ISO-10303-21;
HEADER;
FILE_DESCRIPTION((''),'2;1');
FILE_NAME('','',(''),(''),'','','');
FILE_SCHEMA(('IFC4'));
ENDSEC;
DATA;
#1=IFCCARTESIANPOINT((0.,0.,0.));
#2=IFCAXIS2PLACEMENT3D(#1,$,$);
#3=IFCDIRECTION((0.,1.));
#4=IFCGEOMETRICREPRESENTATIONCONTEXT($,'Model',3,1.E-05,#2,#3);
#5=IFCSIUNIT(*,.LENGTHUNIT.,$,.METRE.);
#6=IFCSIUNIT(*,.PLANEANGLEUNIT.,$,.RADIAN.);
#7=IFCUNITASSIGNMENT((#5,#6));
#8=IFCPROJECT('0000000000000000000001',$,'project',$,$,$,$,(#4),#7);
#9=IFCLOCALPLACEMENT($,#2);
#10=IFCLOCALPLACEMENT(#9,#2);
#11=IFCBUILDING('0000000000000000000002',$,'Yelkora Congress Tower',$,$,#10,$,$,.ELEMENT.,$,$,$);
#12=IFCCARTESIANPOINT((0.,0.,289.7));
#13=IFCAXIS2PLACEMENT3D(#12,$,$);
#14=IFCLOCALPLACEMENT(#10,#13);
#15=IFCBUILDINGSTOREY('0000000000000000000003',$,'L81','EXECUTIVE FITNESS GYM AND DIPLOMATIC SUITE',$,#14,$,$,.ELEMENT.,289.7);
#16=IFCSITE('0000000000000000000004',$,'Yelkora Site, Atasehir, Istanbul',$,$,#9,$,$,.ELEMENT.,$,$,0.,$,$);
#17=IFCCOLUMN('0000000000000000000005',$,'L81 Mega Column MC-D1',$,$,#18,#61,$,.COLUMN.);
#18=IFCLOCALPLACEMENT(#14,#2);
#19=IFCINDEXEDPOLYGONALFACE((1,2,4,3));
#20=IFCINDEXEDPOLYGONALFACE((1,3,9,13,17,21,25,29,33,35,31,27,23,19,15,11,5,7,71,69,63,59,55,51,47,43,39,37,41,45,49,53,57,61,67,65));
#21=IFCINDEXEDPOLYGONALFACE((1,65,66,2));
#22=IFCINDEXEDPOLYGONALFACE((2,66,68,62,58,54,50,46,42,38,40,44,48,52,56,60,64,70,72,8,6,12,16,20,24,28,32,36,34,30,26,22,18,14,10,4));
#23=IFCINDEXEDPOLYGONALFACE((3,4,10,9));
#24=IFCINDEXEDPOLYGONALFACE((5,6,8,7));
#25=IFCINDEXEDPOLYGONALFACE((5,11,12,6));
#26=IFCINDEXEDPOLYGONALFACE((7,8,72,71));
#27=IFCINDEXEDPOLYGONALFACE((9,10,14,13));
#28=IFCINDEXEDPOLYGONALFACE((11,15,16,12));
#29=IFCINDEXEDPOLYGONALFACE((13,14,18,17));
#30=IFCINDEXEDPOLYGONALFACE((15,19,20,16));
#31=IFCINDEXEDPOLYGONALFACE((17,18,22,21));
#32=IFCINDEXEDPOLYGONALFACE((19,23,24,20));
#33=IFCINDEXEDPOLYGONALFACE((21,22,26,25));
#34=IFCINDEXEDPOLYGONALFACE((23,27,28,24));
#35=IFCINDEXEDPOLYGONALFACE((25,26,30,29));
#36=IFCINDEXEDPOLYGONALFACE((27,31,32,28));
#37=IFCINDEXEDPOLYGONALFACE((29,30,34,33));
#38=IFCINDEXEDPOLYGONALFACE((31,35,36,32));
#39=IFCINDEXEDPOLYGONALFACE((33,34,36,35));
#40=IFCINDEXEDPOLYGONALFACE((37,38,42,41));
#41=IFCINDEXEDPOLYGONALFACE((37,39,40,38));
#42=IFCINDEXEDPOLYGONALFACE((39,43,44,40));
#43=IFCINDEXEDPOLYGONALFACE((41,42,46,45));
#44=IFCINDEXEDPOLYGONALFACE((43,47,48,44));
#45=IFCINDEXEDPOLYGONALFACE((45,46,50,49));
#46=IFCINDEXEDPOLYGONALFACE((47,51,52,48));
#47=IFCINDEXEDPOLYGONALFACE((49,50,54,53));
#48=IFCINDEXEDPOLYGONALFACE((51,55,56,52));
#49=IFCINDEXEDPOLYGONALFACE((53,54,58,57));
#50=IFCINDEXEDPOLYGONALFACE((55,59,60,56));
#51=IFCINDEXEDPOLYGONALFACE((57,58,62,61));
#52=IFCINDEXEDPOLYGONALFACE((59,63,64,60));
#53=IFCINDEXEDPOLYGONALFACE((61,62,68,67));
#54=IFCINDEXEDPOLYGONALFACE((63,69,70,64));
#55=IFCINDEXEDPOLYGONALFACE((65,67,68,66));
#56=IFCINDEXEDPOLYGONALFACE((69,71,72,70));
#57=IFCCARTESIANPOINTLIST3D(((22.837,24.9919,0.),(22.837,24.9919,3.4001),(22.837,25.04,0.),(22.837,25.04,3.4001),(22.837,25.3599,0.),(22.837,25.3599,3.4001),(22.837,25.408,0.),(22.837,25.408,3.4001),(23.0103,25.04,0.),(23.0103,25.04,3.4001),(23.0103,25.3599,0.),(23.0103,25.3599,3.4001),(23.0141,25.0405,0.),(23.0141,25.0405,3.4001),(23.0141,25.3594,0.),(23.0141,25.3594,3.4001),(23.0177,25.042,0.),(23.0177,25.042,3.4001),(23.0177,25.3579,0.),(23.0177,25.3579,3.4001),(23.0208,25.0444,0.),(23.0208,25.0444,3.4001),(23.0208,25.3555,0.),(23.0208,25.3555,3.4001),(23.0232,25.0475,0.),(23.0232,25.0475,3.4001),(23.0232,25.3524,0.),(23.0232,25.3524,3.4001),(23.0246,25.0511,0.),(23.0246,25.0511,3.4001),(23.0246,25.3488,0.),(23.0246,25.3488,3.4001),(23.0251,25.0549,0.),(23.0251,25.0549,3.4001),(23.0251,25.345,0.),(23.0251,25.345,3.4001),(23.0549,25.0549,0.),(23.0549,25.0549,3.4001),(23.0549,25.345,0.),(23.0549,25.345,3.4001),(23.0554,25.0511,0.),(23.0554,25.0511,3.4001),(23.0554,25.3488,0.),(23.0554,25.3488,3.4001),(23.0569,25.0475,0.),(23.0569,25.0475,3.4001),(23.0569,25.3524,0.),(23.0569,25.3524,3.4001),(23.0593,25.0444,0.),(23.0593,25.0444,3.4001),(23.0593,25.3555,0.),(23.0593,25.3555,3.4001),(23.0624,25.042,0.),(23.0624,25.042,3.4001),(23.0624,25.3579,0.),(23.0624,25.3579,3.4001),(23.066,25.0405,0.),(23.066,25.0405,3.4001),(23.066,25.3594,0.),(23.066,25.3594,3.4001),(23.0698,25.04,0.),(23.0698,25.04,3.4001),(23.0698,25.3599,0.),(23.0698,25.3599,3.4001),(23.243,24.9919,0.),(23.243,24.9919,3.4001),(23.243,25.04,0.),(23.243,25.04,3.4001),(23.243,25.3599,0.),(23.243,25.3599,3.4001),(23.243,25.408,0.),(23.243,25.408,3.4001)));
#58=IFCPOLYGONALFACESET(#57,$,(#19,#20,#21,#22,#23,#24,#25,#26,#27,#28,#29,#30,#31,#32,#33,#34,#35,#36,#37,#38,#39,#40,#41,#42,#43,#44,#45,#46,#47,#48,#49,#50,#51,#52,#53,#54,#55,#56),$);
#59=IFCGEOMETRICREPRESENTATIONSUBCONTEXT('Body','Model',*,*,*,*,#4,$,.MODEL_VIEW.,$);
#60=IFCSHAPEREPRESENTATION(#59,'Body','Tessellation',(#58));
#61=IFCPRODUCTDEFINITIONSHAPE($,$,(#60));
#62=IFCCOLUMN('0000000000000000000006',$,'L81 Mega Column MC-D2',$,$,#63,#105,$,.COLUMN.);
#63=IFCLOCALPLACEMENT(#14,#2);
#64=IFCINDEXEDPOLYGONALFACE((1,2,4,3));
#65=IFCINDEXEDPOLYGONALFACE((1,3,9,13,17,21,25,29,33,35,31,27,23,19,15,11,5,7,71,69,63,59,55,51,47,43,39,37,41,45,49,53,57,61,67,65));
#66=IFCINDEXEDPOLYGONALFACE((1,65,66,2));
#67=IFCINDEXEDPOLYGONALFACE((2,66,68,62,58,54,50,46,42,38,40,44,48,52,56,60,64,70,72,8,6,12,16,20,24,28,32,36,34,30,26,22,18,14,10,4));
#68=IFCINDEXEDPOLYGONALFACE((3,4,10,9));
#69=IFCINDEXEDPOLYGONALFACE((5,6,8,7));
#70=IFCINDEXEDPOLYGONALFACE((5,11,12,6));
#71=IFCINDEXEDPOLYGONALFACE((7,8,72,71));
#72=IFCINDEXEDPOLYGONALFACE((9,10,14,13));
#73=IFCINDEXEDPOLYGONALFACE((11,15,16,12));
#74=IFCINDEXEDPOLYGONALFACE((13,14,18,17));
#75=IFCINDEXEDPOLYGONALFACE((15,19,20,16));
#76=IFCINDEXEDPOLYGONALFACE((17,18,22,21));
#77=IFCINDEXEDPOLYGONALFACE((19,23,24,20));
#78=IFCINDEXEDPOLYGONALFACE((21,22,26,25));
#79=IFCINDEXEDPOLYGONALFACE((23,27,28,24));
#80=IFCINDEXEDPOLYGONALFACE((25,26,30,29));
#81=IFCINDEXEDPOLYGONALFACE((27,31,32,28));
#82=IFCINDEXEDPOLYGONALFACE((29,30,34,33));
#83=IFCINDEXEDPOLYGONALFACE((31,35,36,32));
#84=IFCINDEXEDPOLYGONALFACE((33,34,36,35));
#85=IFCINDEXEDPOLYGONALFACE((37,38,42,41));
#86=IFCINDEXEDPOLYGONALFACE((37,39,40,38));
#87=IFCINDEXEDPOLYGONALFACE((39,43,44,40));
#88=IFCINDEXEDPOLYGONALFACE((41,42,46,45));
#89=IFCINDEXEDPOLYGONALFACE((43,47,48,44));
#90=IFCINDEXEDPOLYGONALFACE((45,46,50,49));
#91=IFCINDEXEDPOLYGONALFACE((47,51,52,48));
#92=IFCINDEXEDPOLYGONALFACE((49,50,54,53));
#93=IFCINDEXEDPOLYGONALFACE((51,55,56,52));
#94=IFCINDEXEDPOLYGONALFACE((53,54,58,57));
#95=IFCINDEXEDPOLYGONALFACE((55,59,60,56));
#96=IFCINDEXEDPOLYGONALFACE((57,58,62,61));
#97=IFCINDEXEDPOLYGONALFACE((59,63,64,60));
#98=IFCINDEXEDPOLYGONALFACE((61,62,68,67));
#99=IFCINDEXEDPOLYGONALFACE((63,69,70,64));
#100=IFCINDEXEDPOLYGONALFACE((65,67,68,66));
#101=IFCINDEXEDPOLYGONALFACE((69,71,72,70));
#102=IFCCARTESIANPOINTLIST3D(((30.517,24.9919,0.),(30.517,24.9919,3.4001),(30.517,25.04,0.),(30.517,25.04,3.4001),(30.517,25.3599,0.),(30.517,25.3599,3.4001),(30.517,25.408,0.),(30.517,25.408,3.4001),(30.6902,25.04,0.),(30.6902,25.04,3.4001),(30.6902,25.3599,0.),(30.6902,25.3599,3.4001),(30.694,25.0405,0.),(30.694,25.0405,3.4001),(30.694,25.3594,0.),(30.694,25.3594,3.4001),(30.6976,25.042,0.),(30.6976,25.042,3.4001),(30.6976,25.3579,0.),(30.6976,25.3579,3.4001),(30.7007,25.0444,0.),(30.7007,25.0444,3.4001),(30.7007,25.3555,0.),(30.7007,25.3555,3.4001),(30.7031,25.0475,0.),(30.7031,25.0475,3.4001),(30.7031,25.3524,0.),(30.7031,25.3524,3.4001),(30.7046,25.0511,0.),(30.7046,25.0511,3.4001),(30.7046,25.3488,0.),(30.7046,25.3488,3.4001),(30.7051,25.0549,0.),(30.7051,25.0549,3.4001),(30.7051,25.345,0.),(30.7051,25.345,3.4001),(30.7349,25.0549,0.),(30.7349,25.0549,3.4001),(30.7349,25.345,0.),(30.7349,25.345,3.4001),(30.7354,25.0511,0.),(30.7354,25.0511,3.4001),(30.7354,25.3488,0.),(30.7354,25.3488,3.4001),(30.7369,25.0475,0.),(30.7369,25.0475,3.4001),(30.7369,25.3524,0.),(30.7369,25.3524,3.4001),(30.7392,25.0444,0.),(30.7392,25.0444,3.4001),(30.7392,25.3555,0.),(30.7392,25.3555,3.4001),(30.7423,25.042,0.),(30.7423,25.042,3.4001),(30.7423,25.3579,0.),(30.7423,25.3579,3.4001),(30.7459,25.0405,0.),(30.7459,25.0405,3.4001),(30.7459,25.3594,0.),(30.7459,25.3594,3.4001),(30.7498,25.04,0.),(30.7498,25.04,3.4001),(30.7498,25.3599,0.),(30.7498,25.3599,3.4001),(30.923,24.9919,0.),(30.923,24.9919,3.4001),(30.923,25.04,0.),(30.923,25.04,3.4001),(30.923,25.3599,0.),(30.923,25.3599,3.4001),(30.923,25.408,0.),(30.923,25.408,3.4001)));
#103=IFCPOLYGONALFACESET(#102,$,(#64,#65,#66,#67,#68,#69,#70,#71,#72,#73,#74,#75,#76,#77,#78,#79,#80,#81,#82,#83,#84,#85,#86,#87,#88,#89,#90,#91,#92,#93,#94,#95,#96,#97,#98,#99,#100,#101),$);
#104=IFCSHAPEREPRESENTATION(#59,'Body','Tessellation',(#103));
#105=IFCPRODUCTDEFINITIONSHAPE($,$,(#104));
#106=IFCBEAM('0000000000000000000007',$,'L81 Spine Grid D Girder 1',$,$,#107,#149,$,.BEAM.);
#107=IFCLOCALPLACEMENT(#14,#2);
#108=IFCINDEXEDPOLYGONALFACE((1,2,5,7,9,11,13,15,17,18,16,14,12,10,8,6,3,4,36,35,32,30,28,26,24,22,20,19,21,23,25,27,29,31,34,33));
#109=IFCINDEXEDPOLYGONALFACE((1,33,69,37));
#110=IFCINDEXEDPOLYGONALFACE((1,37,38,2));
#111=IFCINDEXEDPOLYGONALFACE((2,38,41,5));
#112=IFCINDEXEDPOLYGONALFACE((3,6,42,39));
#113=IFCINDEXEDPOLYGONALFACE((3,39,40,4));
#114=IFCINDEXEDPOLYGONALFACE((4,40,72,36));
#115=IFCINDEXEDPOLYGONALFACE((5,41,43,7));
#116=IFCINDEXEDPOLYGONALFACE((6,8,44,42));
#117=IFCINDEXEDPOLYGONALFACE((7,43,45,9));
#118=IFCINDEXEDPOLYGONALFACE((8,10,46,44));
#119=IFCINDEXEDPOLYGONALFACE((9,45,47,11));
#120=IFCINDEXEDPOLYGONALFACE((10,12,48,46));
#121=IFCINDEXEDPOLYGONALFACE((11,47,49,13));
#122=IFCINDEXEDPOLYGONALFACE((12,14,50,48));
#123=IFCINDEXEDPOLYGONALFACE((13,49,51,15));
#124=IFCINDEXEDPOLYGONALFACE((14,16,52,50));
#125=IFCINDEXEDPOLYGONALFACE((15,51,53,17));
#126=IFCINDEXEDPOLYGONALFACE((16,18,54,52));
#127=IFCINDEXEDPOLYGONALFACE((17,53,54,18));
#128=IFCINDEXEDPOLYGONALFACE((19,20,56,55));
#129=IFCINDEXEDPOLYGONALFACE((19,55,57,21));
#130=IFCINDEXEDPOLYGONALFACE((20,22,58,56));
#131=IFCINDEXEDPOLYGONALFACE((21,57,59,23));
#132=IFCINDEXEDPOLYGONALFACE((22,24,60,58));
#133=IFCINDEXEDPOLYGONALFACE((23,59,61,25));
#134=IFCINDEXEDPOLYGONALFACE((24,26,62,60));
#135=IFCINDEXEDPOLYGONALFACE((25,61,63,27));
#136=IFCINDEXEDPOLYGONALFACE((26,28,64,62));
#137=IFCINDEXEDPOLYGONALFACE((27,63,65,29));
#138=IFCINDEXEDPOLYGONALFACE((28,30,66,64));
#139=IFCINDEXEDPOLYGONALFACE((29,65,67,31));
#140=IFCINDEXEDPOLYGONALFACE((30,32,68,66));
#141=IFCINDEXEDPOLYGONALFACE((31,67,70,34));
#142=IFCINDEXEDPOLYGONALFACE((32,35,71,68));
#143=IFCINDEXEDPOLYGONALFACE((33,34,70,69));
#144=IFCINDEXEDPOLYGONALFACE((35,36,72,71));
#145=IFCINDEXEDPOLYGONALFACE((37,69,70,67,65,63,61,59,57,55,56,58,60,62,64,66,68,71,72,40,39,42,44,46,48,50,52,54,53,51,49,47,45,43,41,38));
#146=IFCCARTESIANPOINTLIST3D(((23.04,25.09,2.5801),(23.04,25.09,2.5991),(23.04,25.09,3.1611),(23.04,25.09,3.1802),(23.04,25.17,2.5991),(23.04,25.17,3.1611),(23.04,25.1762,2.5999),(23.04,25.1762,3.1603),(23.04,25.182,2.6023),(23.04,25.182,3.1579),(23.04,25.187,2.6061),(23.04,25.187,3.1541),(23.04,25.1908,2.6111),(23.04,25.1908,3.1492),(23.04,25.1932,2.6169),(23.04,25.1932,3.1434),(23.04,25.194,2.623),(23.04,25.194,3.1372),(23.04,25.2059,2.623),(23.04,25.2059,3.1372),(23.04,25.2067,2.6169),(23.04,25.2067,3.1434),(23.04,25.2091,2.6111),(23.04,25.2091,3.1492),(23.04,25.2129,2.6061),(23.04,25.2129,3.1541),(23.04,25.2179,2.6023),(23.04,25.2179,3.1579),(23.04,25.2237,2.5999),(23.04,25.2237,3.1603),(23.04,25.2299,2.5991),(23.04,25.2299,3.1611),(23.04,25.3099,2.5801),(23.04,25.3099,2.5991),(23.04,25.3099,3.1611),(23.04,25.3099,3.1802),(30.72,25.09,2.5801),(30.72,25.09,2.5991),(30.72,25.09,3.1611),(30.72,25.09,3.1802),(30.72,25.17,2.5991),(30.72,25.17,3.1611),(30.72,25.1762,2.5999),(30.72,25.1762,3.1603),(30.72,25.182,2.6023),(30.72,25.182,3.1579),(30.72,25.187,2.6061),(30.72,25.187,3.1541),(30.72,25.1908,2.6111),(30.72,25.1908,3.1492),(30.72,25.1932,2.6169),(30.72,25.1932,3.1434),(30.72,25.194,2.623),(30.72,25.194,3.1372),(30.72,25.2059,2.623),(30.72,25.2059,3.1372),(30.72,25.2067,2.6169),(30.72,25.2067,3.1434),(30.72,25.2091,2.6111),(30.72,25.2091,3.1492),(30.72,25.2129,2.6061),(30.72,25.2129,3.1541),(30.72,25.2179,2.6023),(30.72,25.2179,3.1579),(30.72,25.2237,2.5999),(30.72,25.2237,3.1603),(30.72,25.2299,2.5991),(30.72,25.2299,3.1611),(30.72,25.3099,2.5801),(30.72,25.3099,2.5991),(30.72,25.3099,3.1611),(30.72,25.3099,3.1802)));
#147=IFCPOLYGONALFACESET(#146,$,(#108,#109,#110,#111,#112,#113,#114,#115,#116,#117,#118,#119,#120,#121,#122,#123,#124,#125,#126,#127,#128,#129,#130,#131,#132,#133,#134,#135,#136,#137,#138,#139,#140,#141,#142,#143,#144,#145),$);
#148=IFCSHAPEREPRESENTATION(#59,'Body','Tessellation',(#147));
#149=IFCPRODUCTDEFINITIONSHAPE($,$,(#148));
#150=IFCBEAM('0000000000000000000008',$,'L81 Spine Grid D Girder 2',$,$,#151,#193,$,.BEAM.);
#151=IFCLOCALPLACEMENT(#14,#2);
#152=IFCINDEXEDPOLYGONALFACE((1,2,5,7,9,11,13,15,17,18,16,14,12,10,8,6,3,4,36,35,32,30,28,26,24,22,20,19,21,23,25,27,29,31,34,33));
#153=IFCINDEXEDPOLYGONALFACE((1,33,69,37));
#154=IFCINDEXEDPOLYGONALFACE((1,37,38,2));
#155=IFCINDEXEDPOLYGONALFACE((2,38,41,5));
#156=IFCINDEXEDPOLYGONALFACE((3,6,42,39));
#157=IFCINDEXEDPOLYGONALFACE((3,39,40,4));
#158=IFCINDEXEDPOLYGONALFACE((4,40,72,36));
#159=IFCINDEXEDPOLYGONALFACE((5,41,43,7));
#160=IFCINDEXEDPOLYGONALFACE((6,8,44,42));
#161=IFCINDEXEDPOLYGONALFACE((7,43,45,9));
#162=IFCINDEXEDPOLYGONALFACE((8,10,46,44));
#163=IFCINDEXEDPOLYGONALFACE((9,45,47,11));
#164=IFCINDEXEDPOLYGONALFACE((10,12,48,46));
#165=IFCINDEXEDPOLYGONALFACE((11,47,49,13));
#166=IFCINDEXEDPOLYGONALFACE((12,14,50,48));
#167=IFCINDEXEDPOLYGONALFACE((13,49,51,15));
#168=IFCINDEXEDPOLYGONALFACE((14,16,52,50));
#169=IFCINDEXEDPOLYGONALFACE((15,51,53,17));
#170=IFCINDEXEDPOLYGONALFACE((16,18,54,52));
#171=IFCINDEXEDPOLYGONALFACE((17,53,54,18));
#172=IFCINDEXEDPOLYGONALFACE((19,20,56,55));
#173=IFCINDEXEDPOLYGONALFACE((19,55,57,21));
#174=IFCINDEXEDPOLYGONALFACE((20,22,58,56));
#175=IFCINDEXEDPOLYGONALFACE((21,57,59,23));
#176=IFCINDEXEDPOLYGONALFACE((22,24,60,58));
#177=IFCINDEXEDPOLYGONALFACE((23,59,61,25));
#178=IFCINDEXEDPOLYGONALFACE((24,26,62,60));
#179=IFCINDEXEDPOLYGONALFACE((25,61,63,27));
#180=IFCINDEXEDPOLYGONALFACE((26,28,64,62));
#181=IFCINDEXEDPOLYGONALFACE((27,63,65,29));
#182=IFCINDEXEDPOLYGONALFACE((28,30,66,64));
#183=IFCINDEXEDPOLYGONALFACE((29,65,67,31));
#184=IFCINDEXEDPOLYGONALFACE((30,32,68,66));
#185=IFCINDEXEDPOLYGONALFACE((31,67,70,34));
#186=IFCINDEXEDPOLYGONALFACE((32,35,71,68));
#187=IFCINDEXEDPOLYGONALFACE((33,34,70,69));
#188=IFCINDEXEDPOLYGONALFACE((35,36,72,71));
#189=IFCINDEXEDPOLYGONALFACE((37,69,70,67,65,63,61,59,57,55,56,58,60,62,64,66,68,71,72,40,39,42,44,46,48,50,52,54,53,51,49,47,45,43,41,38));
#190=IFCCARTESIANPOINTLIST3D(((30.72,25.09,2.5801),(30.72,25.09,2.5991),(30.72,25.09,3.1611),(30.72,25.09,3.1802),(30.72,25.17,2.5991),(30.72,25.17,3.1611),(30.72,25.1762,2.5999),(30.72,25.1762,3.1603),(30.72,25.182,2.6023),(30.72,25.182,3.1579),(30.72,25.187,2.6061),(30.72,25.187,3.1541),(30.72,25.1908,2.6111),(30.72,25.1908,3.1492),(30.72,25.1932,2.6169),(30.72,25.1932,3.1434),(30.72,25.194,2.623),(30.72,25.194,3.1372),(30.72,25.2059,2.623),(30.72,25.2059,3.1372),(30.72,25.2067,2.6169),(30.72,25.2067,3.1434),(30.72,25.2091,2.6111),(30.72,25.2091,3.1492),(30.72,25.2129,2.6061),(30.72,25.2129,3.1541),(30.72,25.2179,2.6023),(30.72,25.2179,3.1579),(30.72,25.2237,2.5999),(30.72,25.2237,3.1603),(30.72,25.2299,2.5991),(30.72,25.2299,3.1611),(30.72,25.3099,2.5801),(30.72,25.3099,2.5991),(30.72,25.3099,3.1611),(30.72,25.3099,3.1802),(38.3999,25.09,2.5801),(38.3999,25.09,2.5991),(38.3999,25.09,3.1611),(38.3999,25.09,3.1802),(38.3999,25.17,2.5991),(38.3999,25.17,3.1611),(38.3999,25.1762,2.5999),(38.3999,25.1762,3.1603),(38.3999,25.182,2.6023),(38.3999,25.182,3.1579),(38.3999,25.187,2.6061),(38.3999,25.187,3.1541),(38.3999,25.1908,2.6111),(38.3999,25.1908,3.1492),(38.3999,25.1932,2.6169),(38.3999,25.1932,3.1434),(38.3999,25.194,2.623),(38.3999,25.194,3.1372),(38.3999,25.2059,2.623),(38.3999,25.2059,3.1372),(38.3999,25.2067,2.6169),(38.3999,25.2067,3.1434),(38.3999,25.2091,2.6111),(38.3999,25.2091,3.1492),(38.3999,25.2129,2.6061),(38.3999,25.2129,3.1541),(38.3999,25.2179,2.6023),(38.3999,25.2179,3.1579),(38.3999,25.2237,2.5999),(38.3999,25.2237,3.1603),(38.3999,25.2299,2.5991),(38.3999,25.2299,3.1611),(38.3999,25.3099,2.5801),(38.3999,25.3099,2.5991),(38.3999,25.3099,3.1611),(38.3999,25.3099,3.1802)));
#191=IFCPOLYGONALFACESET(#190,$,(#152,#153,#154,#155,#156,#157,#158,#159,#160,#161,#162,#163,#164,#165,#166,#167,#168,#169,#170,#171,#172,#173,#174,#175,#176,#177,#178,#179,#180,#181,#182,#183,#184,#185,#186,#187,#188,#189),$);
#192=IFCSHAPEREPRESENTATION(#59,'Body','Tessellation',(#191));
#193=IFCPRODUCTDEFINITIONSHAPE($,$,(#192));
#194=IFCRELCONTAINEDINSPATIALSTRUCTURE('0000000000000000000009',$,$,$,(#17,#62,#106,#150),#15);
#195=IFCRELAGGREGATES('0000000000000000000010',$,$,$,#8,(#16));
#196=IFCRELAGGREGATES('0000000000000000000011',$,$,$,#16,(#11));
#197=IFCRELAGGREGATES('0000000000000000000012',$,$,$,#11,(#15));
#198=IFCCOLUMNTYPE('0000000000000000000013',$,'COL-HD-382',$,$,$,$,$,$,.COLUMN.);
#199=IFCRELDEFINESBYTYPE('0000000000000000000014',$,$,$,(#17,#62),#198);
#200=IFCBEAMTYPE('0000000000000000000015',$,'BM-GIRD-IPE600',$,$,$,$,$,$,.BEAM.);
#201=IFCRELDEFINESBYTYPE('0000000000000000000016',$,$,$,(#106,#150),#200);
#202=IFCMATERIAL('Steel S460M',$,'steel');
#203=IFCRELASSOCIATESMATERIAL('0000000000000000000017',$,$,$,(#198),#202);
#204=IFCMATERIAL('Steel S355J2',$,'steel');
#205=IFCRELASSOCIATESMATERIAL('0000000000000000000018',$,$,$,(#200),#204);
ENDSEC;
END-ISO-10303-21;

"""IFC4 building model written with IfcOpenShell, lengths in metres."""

from ifc_helpers import new_model, si_unit, direction, frame, origin, origin_2d, place, context, subcontext, project, spatial, i_section, extrude, material, material_profile, profile_set, type_object, element, save


model = new_model("IFC4")

# Units and contexts
model_context = context("Model", 3, precision=1e-05, world=origin(), true_north=direction((0.0, 1.0)))
body_context = subcontext(model_context, "Body", "Model", "MODEL_VIEW")
ifc_project = project(units=[si_unit("LENGTHUNIT", "METRE"), si_unit("PLANEANGLEUNIT", "RADIAN")], contexts=[model_context])

# Site, building, storey
site_placement = place(None, origin())
site = spatial("IfcSite", under=ifc_project, at=site_placement, Name="Yelkora Site, Atasehir, Istanbul", CompositionType="ELEMENT", RefElevation=0.0)
building_placement = place(site_placement, origin())
building = spatial("IfcBuilding", under=site, at=building_placement, Name="Yelkora Congress Tower", CompositionType="ELEMENT")
storey_placement = place(building_placement, frame((0.0, 0.0, 289.7)))
storey = spatial("IfcBuildingStorey", under=building, at=storey_placement, Name="L81", Description="EXECUTIVE FITNESS GYM AND DIPLOMATIC SUITE", CompositionType="ELEMENT", Elevation=289.7)

# Columns
ifc_material_1 = material(Name="Steel S460M", Category="steel")
ifc_material_profile_1 = material_profile(ifc_material_1, i_section(OverallWidth=0.406, OverallDepth=0.416, WebThickness=0.0298, FlangeThickness=0.0481, FilletRadius=0.0149, at=origin_2d()), Name="HD 400x382")
ifc_profile_set_1 = profile_set([ifc_material_profile_1], Name="Steel S460M")
column_type = type_object("IfcColumnType", Name="COL-HD-382", PredefinedType="COLUMN", material=ifc_profile_set_1)
for number, where, z_axis, x_axis, name in (
    (1, (23.04, 25.2, 0.0), (0.0, 0.0, 1.0), (1.0, 0.0, 0.0), "L81 Mega Column MC-D1"),
    (2, (30.72, 25.2, 0.0), (0.0, 0.0, 1.0), (1.0, 0.0, 0.0), "L81 Mega Column MC-D2"),
):
    element("IfcColumn", number, at=place(storey_placement, frame(where, z_axis=z_axis, x_axis=x_axis)), inside=storey, type_object=column_type, Name=name, PredefinedType="COLUMN", context=body_context, shape_type="SweptSolid", body=[
        extrude(i_section(OverallWidth=0.406, OverallDepth=0.416, WebThickness=0.0298, FlangeThickness=0.0481, FilletRadius=0.0149, at=origin_2d()), origin(), (0.0, 0.0, 1.0), 3.4001),
    ])

# Beams
ifc_material_2 = material(Name="Steel S355J2", Category="steel")
ifc_material_profile_2 = material_profile(ifc_material_2, i_section(OverallWidth=0.22, OverallDepth=0.6001, WebThickness=0.012, FlangeThickness=0.019, FilletRadius=0.0239, at=origin_2d()), Name="IPE 600")
ifc_profile_set_2 = profile_set([ifc_material_profile_2], Name="Steel S355J2")
beam_type_1 = type_object("IfcBeamType", Name="BM-GIRD-IPE600", PredefinedType="BEAM", material=ifc_profile_set_2)
for number, where, z_axis, x_axis, name in (
    (3, (23.04, 25.2, 2.8801), (1.0, 0.0, 0.0), (0.0, 1.0, 0.0), "L81 Spine Grid D Girder 1"),
    (4, (30.72, 25.2, 2.8801), (1.0, 0.0, 0.0), (0.0, 1.0, 0.0), "L81 Spine Grid D Girder 2"),
):
    element("IfcBeam", number, at=place(storey_placement, frame(where, z_axis=z_axis, x_axis=x_axis)), inside=storey, type_object=beam_type_1, Name=name, PredefinedType="BEAM", context=body_context, shape_type="SweptSolid", body=[
        extrude(i_section(OverallWidth=0.22, OverallDepth=0.6001, WebThickness=0.012, FlangeThickness=0.019, FilletRadius=0.0239, at=origin_2d()), origin(), (0.0, 0.0, 1.0), 7.6799),
    ])

save(model, "model.ifc")
